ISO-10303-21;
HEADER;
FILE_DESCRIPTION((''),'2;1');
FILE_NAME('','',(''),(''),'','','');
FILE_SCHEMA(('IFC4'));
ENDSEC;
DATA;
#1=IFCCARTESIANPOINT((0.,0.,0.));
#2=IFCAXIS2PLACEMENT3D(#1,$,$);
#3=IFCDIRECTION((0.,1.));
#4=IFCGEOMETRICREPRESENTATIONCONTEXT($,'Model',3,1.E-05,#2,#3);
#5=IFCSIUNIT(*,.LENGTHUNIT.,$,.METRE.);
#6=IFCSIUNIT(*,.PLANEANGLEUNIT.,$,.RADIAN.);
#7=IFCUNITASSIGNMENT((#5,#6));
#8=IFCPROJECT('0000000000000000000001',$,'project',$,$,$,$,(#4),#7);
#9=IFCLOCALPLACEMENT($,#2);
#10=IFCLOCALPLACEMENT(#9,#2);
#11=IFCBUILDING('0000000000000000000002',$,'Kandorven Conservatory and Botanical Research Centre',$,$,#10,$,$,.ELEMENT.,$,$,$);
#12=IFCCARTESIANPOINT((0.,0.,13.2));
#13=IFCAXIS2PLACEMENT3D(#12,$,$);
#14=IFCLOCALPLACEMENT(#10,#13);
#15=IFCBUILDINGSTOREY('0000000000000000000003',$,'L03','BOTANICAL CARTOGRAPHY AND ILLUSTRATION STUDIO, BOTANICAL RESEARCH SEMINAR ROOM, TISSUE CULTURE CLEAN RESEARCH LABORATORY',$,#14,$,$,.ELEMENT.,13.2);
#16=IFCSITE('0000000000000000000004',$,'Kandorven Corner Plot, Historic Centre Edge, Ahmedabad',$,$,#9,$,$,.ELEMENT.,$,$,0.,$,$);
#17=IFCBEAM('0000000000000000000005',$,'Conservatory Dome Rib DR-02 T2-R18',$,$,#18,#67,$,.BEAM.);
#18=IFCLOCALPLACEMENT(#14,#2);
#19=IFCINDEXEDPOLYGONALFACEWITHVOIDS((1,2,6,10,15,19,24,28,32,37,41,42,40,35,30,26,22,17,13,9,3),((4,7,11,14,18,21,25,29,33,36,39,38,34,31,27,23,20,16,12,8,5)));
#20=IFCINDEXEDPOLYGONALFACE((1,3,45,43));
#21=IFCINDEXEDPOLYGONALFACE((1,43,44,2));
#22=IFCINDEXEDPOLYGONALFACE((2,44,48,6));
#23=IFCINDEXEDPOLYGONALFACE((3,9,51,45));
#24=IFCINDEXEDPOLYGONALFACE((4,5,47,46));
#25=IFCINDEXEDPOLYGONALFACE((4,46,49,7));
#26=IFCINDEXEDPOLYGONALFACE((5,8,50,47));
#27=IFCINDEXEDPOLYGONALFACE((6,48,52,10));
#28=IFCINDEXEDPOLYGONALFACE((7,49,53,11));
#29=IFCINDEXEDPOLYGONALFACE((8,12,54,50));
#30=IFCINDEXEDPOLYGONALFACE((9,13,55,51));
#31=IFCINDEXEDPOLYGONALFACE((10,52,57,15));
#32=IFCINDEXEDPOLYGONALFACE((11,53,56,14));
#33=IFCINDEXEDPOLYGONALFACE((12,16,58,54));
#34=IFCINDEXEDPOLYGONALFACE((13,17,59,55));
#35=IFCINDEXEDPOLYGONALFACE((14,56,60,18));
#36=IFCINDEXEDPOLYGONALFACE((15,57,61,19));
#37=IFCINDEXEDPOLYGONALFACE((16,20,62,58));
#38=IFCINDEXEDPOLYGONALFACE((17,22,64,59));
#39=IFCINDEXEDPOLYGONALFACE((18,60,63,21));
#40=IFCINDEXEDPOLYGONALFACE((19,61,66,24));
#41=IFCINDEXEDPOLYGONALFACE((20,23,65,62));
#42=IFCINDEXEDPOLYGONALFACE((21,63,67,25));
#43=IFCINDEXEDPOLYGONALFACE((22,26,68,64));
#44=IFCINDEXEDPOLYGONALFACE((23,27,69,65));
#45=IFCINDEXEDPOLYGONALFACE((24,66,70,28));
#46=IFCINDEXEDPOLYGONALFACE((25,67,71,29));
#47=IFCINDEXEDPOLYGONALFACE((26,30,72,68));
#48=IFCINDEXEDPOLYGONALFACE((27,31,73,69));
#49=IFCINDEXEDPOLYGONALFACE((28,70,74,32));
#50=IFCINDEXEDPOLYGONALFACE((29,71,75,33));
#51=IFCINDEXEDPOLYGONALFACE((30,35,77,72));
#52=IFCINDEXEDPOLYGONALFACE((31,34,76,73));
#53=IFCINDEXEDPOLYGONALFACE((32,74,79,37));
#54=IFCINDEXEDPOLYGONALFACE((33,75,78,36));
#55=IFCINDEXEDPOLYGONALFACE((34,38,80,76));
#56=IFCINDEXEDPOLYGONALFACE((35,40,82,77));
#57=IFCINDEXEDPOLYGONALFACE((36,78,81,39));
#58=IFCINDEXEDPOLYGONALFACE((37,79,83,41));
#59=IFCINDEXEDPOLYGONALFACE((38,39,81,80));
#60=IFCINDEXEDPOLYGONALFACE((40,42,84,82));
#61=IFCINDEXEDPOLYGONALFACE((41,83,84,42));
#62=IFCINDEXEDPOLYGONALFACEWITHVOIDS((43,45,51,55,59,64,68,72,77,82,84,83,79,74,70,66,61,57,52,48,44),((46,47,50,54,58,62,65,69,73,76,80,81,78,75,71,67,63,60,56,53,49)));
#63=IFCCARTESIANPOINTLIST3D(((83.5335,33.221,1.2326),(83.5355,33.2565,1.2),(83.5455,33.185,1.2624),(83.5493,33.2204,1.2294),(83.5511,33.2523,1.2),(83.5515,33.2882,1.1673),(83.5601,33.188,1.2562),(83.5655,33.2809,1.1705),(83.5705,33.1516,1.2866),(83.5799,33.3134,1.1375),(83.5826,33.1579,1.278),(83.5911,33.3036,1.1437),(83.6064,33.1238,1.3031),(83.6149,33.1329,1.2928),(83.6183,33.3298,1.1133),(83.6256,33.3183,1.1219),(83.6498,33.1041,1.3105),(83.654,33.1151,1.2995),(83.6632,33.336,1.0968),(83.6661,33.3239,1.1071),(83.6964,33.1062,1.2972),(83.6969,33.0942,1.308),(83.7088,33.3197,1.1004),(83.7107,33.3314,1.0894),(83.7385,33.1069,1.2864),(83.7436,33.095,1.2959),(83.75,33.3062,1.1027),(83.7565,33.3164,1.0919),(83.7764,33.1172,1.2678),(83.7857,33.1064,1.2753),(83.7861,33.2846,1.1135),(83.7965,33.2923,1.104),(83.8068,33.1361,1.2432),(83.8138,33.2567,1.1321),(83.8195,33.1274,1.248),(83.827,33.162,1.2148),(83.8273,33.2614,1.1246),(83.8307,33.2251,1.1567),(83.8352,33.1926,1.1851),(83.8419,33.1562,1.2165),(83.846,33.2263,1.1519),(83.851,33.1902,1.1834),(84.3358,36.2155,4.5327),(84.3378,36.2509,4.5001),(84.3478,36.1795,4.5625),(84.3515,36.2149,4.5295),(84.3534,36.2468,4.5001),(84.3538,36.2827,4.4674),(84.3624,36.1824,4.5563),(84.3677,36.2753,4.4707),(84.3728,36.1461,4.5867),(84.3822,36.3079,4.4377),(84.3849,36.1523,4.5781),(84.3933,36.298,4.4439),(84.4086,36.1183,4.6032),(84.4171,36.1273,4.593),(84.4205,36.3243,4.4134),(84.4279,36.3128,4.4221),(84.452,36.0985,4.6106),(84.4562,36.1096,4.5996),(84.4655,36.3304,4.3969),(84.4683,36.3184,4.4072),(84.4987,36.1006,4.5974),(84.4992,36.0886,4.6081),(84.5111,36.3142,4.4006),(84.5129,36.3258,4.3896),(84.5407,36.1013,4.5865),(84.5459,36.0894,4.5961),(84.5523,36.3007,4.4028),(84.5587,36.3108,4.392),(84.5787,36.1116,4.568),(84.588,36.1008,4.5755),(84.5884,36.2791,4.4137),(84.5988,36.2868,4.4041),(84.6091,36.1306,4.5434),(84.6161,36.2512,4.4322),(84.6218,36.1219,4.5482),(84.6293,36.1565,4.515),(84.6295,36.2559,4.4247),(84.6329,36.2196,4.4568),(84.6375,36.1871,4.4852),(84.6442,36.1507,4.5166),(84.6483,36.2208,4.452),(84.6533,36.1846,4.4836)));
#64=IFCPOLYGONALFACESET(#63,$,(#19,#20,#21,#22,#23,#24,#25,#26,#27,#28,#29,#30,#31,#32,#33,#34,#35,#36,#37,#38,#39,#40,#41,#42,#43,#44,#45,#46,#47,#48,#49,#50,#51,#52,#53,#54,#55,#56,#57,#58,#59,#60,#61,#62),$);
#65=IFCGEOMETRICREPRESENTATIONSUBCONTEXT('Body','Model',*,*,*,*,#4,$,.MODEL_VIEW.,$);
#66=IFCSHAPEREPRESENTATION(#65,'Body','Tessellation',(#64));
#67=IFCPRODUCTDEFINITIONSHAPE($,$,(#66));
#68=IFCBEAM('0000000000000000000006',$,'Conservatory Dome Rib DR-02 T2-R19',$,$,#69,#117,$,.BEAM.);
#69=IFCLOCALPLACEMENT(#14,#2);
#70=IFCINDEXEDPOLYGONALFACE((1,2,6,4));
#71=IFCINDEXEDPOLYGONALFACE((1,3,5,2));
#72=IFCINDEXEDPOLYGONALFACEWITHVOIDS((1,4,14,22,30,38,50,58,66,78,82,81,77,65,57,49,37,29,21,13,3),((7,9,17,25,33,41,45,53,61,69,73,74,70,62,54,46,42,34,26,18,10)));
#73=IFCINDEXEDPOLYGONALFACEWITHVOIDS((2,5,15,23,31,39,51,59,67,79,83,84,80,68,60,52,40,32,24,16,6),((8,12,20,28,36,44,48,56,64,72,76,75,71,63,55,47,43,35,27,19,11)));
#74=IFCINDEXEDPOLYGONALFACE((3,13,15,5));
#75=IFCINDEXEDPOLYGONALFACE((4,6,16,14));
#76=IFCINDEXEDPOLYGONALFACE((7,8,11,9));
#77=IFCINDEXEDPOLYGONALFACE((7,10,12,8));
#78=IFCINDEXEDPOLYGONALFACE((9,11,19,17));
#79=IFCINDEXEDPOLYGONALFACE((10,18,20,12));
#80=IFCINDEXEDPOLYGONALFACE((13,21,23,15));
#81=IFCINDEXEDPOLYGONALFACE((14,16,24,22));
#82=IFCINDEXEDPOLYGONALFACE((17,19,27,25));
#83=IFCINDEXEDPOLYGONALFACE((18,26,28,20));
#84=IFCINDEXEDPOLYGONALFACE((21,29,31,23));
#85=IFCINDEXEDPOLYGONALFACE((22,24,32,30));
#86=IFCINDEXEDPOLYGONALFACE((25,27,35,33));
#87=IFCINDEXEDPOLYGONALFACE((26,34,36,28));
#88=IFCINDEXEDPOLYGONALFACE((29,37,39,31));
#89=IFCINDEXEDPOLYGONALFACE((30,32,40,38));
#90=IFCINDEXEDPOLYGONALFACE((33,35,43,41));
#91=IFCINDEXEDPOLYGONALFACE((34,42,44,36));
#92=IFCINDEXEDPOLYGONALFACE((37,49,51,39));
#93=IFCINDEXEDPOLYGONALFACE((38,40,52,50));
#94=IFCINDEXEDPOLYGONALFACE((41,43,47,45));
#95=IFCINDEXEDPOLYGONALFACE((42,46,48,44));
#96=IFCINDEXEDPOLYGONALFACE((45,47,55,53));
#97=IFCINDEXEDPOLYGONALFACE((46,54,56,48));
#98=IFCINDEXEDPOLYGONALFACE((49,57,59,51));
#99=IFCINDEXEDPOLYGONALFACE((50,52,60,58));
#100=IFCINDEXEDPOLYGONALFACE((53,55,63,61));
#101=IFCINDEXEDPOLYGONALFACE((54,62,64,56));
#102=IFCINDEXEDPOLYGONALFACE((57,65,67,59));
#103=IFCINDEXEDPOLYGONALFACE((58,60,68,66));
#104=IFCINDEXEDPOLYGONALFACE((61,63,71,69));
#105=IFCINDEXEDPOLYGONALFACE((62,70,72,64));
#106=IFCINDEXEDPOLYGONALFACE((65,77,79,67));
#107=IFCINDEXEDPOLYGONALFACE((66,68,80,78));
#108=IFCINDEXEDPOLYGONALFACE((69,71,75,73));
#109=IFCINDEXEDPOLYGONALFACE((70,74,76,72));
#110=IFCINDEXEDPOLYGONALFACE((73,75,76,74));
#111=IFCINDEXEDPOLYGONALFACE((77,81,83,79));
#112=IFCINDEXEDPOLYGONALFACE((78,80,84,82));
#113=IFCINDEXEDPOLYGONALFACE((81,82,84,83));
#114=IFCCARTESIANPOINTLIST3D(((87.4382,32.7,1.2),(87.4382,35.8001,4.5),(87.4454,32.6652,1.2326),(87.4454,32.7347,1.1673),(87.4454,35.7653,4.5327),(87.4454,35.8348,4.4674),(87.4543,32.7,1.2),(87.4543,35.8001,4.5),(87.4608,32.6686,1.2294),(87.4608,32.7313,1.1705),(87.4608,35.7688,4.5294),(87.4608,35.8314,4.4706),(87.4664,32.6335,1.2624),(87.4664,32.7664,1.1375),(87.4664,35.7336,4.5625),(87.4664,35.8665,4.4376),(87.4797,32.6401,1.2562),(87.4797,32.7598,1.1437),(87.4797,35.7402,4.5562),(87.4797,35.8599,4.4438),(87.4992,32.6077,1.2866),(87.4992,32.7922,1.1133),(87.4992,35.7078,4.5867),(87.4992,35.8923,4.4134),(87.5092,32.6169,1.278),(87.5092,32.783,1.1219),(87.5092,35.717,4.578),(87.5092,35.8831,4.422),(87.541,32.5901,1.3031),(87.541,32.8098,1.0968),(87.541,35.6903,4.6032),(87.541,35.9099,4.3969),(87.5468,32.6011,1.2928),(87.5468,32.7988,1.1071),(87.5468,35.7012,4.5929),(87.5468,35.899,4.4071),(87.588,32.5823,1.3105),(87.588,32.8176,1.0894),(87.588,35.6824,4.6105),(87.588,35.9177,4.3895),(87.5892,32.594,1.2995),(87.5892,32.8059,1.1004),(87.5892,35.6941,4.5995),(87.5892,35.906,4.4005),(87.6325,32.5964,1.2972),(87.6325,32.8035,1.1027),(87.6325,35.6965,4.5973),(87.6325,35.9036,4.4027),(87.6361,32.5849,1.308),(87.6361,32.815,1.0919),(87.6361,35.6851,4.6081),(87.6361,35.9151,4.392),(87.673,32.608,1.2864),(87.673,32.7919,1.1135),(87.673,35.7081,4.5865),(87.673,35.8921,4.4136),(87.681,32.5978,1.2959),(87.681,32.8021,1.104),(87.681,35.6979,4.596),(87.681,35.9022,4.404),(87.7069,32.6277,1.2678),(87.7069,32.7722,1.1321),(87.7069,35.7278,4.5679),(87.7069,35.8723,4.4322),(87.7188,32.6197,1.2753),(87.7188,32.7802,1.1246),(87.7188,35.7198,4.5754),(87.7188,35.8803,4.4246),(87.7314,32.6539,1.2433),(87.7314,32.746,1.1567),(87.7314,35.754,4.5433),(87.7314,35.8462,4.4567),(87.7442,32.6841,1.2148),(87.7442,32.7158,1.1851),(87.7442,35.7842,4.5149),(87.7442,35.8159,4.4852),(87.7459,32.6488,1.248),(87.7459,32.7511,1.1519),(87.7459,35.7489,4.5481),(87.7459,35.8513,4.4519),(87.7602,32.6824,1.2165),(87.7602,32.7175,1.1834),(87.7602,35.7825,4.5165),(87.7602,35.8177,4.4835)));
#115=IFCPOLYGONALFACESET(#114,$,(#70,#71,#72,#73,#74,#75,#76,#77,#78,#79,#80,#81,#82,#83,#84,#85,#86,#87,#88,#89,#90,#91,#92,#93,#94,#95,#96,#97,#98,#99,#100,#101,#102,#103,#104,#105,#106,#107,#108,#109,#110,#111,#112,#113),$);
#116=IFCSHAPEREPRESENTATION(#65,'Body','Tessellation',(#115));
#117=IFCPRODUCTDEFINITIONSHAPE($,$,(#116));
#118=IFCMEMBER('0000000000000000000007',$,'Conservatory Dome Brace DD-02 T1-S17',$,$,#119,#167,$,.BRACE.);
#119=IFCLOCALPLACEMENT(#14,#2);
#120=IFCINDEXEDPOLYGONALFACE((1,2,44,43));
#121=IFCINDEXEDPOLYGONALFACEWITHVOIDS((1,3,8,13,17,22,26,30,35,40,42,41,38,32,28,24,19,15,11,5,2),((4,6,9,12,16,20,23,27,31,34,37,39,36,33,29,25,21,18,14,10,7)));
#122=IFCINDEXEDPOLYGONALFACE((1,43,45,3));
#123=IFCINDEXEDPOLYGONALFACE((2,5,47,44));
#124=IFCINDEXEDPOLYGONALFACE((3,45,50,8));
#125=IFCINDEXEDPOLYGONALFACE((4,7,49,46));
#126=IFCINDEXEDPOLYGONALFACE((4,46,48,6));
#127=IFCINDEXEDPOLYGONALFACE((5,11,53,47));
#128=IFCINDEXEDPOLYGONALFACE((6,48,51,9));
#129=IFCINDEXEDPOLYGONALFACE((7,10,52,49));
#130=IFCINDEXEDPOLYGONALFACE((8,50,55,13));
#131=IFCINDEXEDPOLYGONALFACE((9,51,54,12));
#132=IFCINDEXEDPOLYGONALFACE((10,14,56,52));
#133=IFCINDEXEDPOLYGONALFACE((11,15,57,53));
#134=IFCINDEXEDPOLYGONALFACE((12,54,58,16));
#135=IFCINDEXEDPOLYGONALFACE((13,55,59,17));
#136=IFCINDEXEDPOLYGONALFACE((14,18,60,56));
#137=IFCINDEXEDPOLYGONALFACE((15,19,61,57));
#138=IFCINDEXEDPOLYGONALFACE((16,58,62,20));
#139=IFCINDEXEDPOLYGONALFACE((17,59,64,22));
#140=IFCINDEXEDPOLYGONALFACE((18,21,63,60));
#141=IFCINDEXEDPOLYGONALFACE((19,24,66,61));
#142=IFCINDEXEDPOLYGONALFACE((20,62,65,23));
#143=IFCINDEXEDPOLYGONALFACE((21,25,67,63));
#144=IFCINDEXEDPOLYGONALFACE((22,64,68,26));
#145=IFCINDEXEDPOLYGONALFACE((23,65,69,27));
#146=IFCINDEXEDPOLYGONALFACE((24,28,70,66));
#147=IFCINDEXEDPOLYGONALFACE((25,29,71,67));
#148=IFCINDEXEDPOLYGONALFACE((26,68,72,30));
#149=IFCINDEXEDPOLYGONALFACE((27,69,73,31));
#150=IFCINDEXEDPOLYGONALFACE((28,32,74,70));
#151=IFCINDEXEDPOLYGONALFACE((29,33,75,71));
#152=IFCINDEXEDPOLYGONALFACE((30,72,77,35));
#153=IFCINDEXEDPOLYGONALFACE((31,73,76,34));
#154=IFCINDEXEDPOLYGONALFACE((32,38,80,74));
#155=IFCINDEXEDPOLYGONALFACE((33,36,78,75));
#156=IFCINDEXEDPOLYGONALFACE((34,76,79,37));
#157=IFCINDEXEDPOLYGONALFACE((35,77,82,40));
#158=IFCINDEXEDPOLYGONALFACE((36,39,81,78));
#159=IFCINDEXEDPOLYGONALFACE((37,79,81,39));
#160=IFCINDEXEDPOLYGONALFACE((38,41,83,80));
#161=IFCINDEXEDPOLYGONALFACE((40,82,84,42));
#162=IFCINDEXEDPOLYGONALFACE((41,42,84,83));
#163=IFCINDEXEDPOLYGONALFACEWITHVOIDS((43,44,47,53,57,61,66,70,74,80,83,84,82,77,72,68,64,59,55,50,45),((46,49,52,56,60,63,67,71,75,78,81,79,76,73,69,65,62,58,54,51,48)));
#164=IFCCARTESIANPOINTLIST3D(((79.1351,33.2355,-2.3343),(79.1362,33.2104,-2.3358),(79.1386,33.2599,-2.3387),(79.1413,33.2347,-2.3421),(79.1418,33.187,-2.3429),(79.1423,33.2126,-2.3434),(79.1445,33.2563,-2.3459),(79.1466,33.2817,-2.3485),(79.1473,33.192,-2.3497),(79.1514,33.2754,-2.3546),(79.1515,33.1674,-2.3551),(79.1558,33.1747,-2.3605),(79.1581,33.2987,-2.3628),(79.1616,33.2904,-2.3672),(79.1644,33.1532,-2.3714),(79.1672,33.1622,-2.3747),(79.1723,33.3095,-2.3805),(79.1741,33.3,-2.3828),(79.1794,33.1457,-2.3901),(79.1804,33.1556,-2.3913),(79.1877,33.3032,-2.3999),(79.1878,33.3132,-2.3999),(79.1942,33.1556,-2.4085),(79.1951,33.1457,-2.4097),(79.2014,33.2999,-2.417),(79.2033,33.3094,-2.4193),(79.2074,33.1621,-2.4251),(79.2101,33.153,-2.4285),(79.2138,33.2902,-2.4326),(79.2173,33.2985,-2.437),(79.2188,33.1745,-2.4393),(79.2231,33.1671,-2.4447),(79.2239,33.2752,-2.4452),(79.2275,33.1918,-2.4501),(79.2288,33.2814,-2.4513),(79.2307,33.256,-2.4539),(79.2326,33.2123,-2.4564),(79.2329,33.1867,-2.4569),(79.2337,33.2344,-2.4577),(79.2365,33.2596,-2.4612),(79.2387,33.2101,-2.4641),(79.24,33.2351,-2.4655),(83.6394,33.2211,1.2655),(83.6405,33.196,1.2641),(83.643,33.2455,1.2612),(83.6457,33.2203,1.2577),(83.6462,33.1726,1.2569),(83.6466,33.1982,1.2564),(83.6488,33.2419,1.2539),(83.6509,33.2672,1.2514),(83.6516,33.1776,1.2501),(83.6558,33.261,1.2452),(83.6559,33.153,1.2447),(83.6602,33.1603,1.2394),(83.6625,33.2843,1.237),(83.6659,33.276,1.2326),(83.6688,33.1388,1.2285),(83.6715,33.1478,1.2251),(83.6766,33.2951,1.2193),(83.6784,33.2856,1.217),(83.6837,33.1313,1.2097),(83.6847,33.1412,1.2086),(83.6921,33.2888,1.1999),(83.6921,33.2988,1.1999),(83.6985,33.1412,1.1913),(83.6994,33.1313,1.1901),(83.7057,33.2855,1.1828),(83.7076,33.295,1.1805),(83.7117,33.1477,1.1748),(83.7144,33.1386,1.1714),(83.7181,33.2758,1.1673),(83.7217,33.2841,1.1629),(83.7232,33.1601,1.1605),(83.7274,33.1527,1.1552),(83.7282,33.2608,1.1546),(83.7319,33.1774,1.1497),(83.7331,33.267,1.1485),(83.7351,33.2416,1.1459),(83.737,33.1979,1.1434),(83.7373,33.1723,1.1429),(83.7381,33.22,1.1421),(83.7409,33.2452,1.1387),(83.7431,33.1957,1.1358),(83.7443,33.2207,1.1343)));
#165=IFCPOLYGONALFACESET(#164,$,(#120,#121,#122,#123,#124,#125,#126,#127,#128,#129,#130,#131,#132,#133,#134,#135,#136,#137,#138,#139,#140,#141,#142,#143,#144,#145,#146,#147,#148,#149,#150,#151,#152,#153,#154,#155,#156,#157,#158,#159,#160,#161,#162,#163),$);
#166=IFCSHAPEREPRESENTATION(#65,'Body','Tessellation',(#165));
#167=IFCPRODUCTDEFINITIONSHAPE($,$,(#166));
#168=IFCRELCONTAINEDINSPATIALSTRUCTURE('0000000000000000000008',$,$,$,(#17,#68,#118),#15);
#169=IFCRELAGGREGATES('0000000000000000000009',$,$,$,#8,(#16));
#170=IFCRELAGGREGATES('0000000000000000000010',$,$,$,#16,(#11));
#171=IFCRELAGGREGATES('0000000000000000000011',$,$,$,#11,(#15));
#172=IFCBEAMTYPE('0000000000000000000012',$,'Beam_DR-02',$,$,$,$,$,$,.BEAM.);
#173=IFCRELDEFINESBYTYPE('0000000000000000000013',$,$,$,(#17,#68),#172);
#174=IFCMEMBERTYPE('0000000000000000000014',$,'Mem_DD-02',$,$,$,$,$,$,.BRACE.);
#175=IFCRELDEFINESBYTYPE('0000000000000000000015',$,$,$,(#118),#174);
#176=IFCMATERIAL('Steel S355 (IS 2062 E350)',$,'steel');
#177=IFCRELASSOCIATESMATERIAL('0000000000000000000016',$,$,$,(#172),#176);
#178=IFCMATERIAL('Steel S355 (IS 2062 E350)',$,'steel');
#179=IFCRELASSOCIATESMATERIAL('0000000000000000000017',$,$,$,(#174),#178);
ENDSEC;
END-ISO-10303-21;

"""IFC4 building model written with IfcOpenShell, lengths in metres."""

from ifc_helpers import new_model, si_unit, direction, frame, origin, origin_2d, place, context, subcontext, project, spatial, hollow_circle, extrude, material, material_profile, profile_set, type_object, element, save


model = new_model("IFC4")

# Units and contexts
model_context = context("Model", 3, precision=1e-05, world=origin(), true_north=direction((0.0, 1.0)))
body_context = subcontext(model_context, "Body", "Model", "MODEL_VIEW")
ifc_project = project(units=[si_unit("LENGTHUNIT", "METRE"), si_unit("PLANEANGLEUNIT", "RADIAN")], contexts=[model_context])

# Site, building, storey
site_placement = place(None, origin())
site = spatial("IfcSite", under=ifc_project, at=site_placement, Name="Kandorven Corner Plot, Historic Centre Edge, Ahmedabad", CompositionType="ELEMENT", RefElevation=0.0)
building_placement = place(site_placement, origin())
building = spatial("IfcBuilding", under=site, at=building_placement, Name="Kandorven Conservatory and Botanical Research Centre", CompositionType="ELEMENT")
storey_placement = place(building_placement, frame((0.0, 0.0, 13.2)))
storey = spatial("IfcBuildingStorey", under=building, at=storey_placement, Name="L03", Description="BOTANICAL CARTOGRAPHY AND ILLUSTRATION STUDIO, BOTANICAL RESEARCH SEMINAR ROOM, TISSUE CULTURE CLEAN RESEARCH LABORATORY", CompositionType="ELEMENT", Elevation=13.2)

# Beams
ifc_material_1 = material(Name="Steel S355 (IS 2062 E350)", Category="steel")
ifc_material_profile_1 = material_profile(ifc_material_1, hollow_circle(Radius=0.1619, WallThickness=0.0161, at=origin_2d()))
ifc_profile_set_1 = profile_set([ifc_material_profile_1], Name="Steel S355 (IS 2062 E350)")
beam_type_1 = type_object("IfcBeamType", Name="Beam_DR-02", PredefinedType="BEAM", material=ifc_profile_set_1)
for number, where, z_axis, x_axis, name in (
    (1, (83.6919, 33.2146, 1.2), (0.177185, 0.661345, 0.728854), (-0.965934, 0.25879, 0.0), "Conservatory Dome Rib DR-02 T2-R18"),
    (2, (87.6001, 32.7, 1.2), (0.0, 0.684682, 0.728842), (-1.0, 0.0, 0.0), "Conservatory Dome Rib DR-02 T2-R19"),
):
    element("IfcBeam", number, at=place(storey_placement, frame(where, z_axis=z_axis, x_axis=x_axis)), inside=storey, type_object=beam_type_1, Name=name, PredefinedType="BEAM", context=body_context, shape_type="SweptSolid", body=[
        extrude(hollow_circle(Radius=0.1619, WallThickness=0.0161, at=origin_2d()), origin(), (0.0, 0.0, 1.0), 4.5278),
    ])

# Member
ifc_material_2 = material(Name="Steel S355 (IS 2062 E350)", Category="steel")
ifc_material_profile_2 = material_profile(ifc_material_2, hollow_circle(Radius=0.0842, WallThickness=0.01, at=origin_2d()))
ifc_profile_set_2 = profile_set([ifc_material_profile_2], Name="Steel S355 (IS 2062 E350)")
member_type_1 = type_object("IfcMemberType", Name="Mem_DD-02", PredefinedType="BRACE", material=ifc_profile_set_2)
member_1_placement = place(storey_placement, frame((79.1875, 33.229, -2.3999), z_axis=(0.781176, -0.002498, 0.624306), x_axis=(0.003198, 0.999995, 0.0)))
element("IfcMember", 3, at=member_1_placement, inside=storey, type_object=member_type_1, Name="Conservatory Dome Brace DD-02 T1-S17", PredefinedType="BRACE", context=body_context, shape_type="SweptSolid", body=[
    extrude(hollow_circle(Radius=0.0842, WallThickness=0.01, at=origin_2d()), origin(), (0.0, 0.0, 1.0), 5.7661),
])

save(model, "model.ifc")
